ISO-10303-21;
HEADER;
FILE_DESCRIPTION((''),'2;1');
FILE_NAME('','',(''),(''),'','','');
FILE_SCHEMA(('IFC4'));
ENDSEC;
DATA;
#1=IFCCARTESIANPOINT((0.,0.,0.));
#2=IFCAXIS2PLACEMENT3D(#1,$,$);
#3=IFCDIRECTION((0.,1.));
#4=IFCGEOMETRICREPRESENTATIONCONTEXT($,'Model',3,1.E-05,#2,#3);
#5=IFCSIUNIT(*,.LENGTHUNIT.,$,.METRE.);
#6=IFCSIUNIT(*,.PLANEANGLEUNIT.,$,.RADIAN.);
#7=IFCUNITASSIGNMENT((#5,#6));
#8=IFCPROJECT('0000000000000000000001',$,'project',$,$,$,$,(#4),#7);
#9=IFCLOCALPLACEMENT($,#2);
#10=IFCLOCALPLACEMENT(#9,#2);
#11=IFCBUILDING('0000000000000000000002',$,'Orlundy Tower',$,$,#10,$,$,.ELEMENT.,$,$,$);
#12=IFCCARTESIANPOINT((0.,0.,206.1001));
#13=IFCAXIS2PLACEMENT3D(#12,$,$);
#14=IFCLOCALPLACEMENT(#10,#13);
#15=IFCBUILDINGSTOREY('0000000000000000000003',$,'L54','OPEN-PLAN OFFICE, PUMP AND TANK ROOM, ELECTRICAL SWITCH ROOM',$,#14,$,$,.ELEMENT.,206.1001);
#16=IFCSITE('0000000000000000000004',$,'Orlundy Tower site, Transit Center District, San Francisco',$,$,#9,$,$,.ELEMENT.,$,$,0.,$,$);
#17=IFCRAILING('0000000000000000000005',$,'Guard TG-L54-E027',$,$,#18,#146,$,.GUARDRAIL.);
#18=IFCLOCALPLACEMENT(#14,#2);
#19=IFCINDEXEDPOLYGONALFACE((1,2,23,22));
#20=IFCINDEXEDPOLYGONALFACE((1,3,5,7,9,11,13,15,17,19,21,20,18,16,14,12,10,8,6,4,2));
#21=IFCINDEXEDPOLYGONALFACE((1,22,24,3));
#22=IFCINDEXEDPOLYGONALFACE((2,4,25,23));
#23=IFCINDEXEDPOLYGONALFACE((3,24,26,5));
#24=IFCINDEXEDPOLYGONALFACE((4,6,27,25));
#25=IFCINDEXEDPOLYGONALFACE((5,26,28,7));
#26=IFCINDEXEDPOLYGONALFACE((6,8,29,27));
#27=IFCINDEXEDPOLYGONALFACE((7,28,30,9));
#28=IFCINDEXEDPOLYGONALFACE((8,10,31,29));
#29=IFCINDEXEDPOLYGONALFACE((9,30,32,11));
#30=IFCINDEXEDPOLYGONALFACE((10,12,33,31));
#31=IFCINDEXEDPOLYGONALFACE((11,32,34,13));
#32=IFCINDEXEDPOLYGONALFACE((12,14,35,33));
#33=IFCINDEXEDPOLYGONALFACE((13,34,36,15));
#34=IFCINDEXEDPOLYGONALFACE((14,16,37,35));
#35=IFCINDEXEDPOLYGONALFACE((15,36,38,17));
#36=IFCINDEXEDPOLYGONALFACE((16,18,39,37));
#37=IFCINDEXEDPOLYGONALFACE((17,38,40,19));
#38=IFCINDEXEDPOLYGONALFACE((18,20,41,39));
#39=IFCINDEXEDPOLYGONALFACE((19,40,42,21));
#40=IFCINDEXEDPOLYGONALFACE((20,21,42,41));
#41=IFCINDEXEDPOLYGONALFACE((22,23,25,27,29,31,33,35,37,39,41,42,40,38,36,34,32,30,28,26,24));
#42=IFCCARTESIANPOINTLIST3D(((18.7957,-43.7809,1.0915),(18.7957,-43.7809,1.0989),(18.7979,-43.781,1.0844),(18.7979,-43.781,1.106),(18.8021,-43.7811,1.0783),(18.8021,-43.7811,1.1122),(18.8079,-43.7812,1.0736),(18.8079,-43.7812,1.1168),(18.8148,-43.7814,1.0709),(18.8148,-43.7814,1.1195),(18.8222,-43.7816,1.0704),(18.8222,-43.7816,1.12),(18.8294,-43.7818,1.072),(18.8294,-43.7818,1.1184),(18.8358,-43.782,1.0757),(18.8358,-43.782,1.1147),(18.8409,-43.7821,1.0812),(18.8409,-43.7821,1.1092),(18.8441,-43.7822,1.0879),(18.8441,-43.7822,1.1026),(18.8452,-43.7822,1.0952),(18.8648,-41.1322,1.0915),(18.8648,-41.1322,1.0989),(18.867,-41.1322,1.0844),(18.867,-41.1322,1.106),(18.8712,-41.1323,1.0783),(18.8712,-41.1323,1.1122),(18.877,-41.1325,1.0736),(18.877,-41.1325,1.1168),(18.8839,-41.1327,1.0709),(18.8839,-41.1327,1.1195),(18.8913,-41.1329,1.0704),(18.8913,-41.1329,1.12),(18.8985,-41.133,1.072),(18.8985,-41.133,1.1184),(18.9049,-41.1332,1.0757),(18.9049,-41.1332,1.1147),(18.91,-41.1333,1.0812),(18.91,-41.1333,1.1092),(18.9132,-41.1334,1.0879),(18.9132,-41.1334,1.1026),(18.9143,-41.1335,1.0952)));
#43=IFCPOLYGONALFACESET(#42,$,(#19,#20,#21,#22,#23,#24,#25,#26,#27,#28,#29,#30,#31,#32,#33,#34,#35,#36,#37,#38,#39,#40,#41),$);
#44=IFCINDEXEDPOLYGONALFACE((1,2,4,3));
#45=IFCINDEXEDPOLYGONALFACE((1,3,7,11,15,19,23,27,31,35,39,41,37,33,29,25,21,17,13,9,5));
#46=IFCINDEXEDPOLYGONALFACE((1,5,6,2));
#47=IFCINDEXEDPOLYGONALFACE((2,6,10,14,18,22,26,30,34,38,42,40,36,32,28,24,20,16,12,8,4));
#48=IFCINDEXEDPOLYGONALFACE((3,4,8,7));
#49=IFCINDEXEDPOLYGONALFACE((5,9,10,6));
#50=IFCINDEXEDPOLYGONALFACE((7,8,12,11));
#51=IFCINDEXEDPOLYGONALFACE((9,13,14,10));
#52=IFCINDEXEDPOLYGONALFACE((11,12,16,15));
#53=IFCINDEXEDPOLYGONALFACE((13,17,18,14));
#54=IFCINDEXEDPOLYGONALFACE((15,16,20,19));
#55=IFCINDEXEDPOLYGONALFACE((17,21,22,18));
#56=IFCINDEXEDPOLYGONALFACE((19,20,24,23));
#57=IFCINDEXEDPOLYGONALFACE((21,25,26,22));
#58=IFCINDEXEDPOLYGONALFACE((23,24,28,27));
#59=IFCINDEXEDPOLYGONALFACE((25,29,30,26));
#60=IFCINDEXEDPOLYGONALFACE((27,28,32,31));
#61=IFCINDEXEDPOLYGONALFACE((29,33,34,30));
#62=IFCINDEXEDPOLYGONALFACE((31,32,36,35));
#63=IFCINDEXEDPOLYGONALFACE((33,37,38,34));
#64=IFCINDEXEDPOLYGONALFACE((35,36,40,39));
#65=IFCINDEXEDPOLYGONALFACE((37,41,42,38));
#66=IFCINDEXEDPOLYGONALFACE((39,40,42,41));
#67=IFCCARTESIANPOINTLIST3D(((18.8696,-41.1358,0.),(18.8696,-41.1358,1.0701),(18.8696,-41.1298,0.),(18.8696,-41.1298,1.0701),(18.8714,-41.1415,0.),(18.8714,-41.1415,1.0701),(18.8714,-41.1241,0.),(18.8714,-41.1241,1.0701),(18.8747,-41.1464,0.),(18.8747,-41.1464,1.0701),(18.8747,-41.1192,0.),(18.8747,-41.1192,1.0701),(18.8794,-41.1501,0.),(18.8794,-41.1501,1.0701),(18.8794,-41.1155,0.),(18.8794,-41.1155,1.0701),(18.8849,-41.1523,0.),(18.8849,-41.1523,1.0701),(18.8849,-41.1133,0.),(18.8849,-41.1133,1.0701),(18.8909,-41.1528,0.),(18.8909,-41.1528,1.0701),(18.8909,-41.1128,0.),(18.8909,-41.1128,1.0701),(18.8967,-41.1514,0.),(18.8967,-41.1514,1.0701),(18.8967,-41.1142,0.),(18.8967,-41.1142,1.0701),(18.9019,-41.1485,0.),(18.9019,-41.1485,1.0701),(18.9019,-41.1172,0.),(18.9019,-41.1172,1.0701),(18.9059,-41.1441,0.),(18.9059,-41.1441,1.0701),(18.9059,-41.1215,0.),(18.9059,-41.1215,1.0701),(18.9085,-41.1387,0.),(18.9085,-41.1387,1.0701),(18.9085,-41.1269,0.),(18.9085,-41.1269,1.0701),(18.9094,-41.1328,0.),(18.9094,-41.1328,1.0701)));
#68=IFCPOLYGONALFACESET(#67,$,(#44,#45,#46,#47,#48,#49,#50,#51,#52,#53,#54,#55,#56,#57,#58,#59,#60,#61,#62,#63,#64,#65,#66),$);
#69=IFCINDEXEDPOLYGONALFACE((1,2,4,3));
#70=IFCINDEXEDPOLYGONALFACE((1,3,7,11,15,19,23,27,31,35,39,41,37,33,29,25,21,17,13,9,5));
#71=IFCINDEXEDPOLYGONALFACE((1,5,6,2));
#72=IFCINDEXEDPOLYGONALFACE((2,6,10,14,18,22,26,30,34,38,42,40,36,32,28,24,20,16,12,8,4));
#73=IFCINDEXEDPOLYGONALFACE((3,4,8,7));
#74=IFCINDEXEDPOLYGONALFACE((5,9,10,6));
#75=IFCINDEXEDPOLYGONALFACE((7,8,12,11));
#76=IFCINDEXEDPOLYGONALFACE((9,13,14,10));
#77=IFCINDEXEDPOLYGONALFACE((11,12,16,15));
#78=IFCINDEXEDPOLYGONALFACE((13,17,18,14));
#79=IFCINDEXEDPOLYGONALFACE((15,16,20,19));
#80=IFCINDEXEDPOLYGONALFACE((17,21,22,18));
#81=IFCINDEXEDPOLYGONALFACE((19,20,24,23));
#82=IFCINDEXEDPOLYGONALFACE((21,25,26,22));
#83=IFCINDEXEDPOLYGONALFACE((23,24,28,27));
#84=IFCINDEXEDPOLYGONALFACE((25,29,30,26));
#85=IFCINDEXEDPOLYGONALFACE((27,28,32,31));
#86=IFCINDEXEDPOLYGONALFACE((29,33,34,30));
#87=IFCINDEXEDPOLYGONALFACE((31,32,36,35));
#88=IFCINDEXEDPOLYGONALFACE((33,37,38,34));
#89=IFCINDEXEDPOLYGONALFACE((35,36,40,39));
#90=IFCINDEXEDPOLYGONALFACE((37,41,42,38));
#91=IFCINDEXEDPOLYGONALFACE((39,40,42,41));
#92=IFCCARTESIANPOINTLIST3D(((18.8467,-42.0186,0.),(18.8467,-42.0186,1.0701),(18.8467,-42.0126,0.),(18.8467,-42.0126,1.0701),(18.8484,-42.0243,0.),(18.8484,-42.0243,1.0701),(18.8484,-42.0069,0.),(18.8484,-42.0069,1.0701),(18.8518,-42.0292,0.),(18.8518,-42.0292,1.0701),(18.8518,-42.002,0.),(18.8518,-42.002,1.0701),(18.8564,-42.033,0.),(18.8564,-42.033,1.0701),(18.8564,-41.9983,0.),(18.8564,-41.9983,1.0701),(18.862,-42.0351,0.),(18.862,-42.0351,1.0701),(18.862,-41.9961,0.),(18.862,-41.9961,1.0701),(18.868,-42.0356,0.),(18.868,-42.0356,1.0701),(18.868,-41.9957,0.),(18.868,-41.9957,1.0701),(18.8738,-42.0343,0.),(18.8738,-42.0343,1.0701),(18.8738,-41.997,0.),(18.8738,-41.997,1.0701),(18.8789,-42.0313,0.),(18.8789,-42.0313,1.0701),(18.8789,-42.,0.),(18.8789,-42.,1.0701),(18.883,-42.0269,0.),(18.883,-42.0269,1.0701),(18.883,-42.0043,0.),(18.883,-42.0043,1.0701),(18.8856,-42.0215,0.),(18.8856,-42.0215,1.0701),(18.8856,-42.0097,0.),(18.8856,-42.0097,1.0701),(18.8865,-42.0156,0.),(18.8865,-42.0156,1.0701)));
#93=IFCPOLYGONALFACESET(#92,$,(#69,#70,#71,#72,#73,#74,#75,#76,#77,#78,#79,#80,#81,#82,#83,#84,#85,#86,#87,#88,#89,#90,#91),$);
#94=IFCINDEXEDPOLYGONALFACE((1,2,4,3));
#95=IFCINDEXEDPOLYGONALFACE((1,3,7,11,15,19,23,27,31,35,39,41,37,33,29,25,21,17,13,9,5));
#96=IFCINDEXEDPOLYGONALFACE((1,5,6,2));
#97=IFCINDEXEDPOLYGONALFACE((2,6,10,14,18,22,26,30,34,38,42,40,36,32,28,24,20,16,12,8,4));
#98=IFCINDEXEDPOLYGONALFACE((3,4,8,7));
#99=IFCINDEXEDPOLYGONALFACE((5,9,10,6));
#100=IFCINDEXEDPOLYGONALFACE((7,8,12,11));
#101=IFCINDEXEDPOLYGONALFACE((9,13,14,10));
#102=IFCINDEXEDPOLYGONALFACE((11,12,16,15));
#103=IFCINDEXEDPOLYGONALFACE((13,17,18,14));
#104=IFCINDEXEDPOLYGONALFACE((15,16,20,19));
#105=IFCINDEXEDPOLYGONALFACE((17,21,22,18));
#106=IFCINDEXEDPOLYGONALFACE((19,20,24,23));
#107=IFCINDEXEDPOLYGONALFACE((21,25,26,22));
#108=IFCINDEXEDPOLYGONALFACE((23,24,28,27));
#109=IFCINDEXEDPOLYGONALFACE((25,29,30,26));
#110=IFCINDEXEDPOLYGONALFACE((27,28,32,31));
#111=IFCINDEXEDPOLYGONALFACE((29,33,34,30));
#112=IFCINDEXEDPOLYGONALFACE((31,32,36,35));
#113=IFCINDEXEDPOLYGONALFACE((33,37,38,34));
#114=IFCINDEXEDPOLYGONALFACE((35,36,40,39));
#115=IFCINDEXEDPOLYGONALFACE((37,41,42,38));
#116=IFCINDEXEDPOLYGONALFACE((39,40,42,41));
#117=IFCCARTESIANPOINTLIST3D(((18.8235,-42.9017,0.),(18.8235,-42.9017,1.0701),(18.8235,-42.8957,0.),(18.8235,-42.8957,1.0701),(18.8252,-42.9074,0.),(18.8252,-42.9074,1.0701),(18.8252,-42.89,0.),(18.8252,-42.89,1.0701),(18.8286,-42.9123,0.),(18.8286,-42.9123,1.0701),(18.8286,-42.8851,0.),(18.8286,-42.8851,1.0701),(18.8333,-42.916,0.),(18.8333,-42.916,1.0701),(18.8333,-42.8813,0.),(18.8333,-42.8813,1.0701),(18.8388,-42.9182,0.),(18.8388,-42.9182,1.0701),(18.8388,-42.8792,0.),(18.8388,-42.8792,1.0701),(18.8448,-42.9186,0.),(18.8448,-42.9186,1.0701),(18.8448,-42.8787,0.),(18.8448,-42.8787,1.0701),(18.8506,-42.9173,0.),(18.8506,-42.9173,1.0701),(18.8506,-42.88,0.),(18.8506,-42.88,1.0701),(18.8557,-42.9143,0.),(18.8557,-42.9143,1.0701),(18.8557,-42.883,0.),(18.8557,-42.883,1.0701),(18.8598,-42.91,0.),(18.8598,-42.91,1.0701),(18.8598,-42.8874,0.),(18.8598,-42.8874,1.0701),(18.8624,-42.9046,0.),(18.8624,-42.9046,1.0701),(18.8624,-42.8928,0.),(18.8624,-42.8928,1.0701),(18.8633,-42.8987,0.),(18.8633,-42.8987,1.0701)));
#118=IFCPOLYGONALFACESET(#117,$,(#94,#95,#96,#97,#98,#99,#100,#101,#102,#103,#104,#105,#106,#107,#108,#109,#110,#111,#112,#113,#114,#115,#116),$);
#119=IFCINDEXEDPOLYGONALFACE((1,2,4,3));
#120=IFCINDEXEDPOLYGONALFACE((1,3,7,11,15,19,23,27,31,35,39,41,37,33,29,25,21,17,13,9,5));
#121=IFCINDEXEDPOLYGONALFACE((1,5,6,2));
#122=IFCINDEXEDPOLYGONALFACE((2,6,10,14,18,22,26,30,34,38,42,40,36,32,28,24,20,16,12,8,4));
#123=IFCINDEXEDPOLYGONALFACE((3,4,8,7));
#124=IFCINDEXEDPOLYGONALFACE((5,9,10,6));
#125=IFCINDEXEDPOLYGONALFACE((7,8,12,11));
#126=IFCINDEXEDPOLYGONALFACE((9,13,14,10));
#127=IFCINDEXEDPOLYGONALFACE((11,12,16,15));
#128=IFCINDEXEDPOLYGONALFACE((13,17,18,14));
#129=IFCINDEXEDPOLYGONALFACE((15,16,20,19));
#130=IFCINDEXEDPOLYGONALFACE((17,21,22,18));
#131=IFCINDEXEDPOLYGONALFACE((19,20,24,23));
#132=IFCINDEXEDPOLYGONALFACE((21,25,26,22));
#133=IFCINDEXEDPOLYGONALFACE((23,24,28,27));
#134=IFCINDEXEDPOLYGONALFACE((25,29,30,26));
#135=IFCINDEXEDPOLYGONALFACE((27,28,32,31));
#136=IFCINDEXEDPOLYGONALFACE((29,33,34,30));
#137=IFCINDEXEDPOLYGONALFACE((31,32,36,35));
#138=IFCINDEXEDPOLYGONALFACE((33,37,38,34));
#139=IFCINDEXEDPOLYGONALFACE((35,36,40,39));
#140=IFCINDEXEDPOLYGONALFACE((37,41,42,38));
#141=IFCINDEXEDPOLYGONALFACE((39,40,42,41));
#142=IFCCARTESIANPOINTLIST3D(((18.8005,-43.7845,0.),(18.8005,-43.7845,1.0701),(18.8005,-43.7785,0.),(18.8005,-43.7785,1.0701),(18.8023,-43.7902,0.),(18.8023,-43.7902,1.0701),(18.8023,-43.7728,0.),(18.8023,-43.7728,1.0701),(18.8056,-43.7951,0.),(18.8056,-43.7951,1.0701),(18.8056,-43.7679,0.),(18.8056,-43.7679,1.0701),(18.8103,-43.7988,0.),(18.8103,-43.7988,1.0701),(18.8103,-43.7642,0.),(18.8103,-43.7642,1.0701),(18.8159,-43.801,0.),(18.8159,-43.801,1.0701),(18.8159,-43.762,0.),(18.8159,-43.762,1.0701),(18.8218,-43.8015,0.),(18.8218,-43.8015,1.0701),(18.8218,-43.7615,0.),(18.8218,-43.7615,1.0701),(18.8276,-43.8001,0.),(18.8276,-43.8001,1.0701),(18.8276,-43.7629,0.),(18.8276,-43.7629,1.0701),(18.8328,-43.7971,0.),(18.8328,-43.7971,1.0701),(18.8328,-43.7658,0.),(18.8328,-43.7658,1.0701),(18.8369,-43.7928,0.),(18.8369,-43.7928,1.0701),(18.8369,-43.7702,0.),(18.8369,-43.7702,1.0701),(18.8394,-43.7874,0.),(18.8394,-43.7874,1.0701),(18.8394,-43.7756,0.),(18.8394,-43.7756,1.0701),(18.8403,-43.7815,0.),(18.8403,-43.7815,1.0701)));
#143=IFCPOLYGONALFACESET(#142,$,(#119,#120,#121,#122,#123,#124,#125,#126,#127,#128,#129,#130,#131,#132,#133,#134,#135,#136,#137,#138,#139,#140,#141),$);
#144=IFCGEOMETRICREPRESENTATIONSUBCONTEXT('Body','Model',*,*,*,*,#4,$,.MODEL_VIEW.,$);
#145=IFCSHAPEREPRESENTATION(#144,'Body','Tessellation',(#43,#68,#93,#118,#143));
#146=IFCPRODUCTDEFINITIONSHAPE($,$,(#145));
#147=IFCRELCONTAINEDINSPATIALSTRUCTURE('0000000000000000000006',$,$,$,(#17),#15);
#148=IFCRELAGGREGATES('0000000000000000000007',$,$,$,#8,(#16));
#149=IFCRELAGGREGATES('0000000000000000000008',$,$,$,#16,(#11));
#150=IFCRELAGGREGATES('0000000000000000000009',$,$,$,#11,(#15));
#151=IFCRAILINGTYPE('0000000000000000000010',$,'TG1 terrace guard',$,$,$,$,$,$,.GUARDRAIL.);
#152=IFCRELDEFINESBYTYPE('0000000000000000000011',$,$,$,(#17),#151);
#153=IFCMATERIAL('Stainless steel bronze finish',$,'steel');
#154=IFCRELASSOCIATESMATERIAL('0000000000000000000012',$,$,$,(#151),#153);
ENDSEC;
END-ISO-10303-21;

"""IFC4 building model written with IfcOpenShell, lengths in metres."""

from ifc_helpers import new_model, si_unit, direction, frame, origin, origin_2d, place, context, subcontext, project, spatial, circle, extrude, material, type_object, element, save


model = new_model("IFC4")

# Units and contexts
model_context = context("Model", 3, precision=1e-05, world=origin(), true_north=direction((0.0, 1.0)))
body_context = subcontext(model_context, "Body", "Model", "MODEL_VIEW")
ifc_project = project(units=[si_unit("LENGTHUNIT", "METRE"), si_unit("PLANEANGLEUNIT", "RADIAN")], contexts=[model_context])

# Site, building, storey
site_placement = place(None, origin())
site = spatial("IfcSite", under=ifc_project, at=site_placement, Name="Orlundy Tower site, Transit Center District, San Francisco", CompositionType="ELEMENT", RefElevation=0.0)
building_placement = place(site_placement, origin())
building = spatial("IfcBuilding", under=site, at=building_placement, Name="Orlundy Tower", CompositionType="ELEMENT")
storey_placement = place(building_placement, frame((0.0, 0.0, 206.1001)))
storey = spatial("IfcBuildingStorey", under=building, at=storey_placement, Name="L54", Description="OPEN-PLAN OFFICE, PUMP AND TANK ROOM, ELECTRICAL SWITCH ROOM", CompositionType="ELEMENT", Elevation=206.1001)

# Railing
ifc_material_1 = material(Name="Stainless steel bronze finish", Category="steel")
railing_type = type_object("IfcRailingType", Name="TG1 terrace guard", PredefinedType="GUARDRAIL", material=ifc_material_1)
railing_placement = place(storey_placement, frame((18.8894, -41.1328, 0.0)))
element("IfcRailing", 1, at=railing_placement, inside=storey, type_object=railing_type, Name="Guard TG-L54-E027", PredefinedType="GUARDRAIL", context=body_context, shape_type="SweptSolid", body=[
    extrude(circle(Radius=0.0249, at=origin_2d()), frame((0.0, 0.0, 1.0952), z_axis=(-0.026076, -0.99966, 0.0), x_axis=(0.99966, -0.026076, 0.0)), (0.0, 0.0, 1.0), 2.6497),
    extrude(circle(Radius=0.02, at=origin_2d()), origin(), (0.0, 0.0, 1.0), 1.0701),
    extrude(circle(Radius=0.02, at=origin_2d()), frame((-0.0229, -0.8828, 0.0)), (0.0, 0.0, 1.0), 1.0701),
    extrude(circle(Radius=0.02, at=origin_2d()), frame((-0.0461, -1.7659, 0.0)), (0.0, 0.0, 1.0), 1.0701),
    extrude(circle(Radius=0.02, at=origin_2d()), frame((-0.0691, -2.6487, 0.0)), (0.0, 0.0, 1.0), 1.0701),
])

save(model, "model.ifc")
